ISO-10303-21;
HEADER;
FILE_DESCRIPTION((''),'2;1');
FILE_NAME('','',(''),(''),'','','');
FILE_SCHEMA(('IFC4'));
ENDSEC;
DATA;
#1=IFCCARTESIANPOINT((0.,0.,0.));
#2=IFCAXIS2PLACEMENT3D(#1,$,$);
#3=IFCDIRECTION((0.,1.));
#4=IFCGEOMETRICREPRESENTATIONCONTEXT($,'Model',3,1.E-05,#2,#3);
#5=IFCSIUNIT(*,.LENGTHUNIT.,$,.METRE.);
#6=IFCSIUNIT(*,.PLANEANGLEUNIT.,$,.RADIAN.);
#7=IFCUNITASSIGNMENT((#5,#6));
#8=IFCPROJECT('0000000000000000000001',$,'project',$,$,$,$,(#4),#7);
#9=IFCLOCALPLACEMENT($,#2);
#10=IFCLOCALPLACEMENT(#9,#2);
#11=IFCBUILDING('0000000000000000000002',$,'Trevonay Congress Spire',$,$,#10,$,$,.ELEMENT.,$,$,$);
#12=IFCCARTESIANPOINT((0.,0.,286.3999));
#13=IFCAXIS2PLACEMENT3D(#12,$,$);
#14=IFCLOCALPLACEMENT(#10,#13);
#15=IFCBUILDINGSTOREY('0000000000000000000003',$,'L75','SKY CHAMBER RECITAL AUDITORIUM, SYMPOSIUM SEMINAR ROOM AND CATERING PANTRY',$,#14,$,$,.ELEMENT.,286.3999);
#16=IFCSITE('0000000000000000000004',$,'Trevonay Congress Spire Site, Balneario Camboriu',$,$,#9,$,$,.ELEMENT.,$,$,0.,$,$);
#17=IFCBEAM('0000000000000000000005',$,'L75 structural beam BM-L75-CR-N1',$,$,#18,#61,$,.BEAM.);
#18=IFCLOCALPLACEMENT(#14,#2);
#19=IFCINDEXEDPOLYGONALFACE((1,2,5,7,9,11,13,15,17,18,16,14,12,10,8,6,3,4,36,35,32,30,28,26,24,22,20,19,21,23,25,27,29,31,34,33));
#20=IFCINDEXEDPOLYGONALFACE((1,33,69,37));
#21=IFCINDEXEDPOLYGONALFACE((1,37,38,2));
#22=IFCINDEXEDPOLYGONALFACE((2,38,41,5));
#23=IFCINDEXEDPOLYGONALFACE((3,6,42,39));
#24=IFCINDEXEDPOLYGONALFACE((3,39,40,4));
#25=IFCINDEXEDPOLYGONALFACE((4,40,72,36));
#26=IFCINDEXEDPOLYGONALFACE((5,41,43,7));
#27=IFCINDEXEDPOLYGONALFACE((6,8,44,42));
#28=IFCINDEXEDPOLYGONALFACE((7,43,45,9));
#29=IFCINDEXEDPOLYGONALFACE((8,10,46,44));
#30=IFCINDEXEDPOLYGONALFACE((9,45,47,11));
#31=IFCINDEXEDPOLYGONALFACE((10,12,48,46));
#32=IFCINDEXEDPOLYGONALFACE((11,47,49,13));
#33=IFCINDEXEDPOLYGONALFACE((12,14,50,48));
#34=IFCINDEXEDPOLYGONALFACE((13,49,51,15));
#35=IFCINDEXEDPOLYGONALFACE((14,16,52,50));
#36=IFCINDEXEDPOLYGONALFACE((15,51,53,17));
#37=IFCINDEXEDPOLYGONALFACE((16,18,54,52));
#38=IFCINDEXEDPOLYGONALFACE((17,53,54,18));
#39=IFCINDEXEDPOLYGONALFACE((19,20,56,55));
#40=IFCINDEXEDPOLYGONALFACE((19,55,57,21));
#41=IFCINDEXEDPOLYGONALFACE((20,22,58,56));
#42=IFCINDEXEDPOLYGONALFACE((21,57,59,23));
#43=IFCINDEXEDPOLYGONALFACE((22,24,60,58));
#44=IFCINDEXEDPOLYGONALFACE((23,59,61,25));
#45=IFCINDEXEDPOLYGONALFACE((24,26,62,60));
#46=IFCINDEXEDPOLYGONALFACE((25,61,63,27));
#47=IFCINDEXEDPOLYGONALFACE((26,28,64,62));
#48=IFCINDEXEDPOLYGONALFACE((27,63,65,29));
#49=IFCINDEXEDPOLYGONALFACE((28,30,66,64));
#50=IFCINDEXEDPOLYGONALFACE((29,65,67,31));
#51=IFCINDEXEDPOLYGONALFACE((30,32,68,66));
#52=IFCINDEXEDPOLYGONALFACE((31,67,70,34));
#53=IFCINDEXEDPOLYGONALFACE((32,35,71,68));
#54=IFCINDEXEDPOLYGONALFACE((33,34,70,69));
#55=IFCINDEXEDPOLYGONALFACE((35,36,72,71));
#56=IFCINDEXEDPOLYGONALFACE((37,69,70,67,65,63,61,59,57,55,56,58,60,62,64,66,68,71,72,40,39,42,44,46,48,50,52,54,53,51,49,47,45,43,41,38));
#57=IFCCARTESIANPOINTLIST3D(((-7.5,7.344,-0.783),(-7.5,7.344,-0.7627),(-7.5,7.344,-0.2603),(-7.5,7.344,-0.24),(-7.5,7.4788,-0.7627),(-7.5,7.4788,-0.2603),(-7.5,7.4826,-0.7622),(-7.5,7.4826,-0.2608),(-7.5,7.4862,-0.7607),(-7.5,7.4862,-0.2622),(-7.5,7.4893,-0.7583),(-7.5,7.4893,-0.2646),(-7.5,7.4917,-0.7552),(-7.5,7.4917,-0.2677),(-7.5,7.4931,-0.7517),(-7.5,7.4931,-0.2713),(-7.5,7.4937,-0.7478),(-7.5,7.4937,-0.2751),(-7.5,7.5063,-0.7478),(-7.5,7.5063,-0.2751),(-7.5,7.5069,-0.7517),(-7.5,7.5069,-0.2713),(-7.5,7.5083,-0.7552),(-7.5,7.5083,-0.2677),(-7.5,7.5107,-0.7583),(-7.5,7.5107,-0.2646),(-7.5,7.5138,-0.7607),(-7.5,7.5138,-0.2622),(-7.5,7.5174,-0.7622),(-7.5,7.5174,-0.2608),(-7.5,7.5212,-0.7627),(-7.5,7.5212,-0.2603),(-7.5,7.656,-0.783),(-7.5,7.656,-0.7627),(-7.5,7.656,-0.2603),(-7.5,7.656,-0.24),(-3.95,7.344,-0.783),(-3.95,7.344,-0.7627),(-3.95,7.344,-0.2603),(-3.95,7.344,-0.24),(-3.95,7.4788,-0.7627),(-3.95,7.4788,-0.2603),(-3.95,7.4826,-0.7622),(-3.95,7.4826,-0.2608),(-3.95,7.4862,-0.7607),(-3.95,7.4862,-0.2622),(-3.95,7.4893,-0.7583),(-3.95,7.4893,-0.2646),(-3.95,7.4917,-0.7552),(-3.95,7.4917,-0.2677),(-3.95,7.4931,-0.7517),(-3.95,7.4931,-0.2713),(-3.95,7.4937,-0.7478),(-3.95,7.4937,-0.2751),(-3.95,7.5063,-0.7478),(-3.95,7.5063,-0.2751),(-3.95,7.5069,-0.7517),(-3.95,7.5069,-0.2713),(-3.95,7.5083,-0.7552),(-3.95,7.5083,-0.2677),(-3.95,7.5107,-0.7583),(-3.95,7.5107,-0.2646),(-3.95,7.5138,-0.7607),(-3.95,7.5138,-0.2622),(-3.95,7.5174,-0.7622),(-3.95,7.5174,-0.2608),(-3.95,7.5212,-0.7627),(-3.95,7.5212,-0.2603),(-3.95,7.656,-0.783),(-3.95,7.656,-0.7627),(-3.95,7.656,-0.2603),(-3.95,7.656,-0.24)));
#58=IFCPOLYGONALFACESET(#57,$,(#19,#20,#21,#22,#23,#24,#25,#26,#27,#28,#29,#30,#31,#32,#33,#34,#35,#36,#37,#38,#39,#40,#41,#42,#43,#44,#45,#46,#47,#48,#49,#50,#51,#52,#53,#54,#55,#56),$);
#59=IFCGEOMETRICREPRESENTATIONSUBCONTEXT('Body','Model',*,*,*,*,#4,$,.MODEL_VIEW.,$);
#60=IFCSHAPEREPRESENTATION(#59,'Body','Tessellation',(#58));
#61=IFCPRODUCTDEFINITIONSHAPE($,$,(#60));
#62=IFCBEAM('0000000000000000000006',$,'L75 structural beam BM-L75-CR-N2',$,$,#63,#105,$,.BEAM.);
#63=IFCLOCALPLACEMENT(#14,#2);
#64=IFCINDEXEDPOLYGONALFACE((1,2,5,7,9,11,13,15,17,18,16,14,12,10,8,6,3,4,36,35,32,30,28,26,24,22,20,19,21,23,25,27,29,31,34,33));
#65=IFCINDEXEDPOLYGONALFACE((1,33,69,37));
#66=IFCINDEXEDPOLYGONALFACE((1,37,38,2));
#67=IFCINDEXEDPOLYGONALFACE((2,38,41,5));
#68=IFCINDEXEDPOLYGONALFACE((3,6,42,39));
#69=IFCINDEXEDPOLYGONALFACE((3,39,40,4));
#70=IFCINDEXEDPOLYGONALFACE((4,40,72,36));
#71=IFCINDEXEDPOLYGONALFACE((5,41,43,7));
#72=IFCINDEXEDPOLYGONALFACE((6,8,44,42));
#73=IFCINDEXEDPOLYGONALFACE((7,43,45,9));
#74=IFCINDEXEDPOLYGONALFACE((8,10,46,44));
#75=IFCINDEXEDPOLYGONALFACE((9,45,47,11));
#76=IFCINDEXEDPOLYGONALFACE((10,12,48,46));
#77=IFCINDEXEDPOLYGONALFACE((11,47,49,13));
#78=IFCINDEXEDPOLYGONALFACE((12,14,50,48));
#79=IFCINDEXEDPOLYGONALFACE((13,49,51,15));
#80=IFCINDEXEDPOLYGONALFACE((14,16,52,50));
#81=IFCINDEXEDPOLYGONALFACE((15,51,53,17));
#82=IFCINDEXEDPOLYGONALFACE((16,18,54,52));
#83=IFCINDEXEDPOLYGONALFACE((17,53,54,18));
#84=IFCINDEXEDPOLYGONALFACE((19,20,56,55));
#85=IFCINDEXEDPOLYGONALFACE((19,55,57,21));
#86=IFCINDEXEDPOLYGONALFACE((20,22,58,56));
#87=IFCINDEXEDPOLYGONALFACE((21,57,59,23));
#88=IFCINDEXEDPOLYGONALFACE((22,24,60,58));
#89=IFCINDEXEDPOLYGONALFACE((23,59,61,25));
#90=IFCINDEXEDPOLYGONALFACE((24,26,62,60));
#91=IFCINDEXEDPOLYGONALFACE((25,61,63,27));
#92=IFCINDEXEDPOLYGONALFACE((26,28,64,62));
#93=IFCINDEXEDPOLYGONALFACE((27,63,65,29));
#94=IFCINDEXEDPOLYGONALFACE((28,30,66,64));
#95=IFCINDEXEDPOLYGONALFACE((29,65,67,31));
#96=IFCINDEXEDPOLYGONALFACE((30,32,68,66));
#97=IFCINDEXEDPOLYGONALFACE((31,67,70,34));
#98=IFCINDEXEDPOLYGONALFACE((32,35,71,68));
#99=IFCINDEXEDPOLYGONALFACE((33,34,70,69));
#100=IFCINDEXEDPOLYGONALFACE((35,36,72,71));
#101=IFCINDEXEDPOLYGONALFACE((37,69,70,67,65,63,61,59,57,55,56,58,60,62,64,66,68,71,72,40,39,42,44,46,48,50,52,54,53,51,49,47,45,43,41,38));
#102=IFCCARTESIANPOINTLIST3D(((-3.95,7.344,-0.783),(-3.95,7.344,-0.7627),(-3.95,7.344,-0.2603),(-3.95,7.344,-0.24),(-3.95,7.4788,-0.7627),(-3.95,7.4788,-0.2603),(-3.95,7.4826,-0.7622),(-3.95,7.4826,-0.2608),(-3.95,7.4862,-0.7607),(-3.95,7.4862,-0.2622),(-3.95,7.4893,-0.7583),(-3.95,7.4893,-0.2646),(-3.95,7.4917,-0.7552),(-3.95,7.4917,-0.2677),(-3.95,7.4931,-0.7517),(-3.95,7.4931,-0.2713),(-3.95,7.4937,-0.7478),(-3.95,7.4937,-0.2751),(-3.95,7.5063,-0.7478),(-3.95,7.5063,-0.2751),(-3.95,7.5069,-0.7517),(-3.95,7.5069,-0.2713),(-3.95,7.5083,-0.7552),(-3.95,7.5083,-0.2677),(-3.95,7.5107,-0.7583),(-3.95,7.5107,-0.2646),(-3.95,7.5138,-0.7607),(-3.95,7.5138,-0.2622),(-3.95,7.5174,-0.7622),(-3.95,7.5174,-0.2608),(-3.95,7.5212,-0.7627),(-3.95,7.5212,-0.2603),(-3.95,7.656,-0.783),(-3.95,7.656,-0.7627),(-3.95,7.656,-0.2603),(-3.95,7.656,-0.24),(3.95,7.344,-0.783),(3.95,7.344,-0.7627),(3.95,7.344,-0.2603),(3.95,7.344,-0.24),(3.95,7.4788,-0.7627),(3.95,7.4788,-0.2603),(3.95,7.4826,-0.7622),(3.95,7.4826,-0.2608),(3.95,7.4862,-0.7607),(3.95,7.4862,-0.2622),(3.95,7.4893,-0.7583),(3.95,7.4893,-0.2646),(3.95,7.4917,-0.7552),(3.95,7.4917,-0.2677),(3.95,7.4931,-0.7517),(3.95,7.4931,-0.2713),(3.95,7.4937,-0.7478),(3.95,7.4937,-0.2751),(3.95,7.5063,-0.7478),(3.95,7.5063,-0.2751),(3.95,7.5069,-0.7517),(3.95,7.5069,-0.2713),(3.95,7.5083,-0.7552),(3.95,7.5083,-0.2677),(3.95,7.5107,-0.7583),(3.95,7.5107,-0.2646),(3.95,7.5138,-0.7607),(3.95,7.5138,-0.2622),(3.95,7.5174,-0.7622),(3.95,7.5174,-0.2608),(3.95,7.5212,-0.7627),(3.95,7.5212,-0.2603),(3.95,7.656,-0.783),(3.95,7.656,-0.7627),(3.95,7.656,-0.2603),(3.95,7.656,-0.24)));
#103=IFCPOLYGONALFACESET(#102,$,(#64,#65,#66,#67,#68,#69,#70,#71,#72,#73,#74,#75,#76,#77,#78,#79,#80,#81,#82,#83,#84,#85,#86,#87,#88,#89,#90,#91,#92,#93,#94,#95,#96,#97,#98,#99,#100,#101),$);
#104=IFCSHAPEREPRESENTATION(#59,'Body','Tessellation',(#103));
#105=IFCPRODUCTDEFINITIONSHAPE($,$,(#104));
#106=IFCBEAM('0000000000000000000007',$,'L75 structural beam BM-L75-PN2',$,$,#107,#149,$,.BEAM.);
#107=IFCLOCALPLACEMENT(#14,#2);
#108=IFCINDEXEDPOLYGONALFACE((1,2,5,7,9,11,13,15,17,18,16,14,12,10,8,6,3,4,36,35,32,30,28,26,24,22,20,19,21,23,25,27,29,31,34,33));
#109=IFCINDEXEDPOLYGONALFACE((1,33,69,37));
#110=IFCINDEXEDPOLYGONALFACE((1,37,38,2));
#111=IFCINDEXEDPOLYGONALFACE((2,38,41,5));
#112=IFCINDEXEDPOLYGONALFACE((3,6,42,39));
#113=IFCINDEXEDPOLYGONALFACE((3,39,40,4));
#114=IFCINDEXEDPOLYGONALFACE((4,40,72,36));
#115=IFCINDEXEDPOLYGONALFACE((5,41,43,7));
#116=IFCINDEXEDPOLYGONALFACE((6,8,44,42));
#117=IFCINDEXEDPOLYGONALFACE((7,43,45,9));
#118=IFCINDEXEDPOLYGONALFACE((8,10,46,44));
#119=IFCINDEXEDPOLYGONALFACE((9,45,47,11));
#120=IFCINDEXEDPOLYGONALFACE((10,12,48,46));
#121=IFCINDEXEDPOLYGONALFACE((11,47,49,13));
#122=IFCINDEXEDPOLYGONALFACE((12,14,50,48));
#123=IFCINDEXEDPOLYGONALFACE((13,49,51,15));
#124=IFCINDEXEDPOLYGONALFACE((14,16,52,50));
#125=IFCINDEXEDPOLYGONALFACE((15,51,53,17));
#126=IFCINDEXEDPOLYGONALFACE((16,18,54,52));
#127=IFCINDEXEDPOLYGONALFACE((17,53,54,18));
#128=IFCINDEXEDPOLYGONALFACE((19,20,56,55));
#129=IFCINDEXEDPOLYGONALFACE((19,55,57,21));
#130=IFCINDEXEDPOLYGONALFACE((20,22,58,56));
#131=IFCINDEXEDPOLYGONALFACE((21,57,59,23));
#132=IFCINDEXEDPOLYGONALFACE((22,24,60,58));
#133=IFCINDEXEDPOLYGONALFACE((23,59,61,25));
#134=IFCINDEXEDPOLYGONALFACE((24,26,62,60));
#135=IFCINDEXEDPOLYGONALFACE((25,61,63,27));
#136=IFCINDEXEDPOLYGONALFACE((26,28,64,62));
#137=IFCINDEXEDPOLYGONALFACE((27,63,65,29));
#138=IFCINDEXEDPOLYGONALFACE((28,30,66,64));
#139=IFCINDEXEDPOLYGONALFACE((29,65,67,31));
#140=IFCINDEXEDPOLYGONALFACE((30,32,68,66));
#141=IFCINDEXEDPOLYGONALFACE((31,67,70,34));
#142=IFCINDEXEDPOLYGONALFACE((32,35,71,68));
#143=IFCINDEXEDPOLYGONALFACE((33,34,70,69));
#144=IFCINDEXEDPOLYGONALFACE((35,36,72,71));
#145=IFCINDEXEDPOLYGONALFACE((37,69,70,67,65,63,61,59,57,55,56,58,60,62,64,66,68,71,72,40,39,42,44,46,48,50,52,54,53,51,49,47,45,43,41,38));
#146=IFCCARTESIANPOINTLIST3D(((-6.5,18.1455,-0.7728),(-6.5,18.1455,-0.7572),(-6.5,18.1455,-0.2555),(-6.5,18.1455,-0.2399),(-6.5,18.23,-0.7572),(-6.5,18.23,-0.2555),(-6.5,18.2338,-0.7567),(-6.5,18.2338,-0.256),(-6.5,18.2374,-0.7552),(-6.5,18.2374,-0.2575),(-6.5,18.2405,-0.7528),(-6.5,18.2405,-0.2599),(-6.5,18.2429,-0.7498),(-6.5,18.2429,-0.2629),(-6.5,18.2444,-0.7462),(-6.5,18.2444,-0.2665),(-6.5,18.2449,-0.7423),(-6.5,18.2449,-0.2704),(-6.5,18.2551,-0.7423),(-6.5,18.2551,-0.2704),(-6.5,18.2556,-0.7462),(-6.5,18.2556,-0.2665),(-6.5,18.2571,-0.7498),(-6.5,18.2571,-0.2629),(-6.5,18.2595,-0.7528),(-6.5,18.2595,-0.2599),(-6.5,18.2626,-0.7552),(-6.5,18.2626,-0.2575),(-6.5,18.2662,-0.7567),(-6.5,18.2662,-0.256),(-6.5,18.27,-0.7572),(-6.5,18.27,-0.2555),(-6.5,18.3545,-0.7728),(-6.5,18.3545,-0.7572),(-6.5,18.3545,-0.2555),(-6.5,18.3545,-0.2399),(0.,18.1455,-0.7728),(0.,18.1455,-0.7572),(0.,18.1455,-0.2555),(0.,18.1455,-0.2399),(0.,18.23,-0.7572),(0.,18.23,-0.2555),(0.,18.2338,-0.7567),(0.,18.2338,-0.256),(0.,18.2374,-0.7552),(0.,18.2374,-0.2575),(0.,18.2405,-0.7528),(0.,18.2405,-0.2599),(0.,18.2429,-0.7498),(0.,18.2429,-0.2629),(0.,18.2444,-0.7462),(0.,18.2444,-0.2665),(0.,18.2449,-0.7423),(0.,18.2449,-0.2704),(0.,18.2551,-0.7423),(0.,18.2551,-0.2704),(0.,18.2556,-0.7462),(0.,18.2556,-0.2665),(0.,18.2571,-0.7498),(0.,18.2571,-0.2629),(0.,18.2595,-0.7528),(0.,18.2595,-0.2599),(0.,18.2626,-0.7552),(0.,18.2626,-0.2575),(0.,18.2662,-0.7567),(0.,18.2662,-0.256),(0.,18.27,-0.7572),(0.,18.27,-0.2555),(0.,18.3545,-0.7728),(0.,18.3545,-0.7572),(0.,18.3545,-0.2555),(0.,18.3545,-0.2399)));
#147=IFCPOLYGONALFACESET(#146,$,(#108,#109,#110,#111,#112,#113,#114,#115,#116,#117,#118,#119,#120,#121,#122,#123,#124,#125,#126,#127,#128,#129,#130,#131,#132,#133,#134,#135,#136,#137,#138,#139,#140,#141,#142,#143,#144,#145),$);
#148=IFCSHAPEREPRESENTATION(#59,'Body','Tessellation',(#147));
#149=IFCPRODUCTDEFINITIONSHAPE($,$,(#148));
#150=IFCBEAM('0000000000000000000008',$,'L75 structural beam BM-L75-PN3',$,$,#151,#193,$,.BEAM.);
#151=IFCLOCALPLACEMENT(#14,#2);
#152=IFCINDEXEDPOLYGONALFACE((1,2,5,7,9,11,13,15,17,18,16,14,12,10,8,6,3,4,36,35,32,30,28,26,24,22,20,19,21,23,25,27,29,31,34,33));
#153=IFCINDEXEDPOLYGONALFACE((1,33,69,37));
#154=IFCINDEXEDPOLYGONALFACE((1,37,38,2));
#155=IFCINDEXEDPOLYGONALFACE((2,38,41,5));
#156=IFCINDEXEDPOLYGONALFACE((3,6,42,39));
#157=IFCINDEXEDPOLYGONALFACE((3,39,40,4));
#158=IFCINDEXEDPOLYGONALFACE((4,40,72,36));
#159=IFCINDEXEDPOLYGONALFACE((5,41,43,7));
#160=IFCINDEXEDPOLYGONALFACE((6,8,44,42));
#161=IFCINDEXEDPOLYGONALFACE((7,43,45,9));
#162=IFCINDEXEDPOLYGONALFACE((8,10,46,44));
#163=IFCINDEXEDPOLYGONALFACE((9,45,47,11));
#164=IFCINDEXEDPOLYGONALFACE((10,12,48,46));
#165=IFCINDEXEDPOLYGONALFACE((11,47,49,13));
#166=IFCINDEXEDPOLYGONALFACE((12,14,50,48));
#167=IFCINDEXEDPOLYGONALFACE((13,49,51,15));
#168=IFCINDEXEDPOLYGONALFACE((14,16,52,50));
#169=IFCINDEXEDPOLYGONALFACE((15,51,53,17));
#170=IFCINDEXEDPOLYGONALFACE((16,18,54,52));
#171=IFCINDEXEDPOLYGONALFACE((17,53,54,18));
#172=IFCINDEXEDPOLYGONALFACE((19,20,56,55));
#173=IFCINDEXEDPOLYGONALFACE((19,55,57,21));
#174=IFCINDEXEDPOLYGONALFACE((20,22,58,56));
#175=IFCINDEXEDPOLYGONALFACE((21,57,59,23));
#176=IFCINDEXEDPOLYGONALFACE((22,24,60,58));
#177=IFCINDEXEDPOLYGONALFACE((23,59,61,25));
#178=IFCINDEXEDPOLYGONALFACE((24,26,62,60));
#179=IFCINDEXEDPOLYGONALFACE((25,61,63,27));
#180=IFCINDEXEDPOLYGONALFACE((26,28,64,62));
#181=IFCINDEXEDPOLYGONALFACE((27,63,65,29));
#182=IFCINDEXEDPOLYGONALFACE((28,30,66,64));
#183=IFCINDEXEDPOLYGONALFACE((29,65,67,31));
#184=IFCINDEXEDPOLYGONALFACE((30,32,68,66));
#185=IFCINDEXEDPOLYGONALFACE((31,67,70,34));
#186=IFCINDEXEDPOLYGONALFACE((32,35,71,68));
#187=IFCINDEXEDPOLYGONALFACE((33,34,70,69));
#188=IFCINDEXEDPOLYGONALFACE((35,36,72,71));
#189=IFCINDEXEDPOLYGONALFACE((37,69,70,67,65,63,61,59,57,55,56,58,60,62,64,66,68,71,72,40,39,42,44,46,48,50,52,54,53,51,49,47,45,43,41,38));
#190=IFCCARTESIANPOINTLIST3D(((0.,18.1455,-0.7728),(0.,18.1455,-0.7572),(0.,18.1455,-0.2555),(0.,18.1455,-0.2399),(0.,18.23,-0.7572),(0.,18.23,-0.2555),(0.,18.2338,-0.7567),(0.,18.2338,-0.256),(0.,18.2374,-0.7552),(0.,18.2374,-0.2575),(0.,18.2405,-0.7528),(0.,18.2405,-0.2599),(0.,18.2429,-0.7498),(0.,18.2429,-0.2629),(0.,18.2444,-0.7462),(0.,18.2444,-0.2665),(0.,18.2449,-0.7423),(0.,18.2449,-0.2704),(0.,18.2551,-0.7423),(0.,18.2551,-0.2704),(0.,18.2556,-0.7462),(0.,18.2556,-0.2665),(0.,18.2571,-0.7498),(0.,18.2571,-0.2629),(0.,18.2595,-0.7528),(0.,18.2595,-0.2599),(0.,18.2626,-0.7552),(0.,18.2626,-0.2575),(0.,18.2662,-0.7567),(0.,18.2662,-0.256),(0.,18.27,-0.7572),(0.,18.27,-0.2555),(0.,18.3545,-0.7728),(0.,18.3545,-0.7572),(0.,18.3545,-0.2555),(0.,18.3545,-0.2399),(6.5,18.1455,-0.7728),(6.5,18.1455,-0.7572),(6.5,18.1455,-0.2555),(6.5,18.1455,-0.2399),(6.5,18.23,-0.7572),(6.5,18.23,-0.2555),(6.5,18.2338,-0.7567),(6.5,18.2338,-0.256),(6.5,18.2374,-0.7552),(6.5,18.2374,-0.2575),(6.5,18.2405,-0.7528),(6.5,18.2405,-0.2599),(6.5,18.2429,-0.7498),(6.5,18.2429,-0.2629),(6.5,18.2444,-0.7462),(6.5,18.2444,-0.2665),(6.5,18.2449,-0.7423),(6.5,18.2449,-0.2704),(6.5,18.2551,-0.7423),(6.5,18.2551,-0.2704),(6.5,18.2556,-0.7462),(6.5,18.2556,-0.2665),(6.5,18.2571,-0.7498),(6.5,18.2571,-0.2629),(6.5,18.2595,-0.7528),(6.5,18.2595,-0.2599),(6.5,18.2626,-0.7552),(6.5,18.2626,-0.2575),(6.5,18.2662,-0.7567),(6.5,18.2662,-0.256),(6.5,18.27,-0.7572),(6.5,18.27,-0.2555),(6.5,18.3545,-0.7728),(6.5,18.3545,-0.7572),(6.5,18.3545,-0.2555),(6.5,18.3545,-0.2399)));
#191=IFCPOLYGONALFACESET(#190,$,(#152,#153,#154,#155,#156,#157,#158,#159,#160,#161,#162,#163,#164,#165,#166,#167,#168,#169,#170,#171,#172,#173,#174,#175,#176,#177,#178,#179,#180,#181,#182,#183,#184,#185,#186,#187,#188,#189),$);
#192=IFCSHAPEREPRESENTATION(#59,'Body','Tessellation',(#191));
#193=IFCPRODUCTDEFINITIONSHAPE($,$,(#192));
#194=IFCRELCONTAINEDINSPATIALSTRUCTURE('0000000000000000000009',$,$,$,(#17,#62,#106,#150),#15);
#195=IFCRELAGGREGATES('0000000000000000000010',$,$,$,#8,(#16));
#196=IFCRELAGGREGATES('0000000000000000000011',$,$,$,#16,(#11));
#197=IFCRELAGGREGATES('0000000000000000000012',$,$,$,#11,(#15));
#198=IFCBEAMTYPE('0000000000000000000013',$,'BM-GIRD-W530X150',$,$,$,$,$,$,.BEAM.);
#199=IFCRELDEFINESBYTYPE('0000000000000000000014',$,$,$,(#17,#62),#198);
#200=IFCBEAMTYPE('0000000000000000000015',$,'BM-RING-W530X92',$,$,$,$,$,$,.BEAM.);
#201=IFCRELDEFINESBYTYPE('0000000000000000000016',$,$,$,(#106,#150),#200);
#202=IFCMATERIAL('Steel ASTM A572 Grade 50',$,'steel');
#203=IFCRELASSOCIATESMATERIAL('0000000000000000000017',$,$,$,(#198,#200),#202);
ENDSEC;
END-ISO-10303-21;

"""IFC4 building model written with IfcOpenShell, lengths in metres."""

from ifc_helpers import new_model, si_unit, direction, frame, origin, origin_2d, place, context, subcontext, project, spatial, i_section, extrude, material, material_profile, profile_set, type_object, element, save


model = new_model("IFC4")

# Units and contexts
model_context = context("Model", 3, precision=1e-05, world=origin(), true_north=direction((0.0, 1.0)))
body_context = subcontext(model_context, "Body", "Model", "MODEL_VIEW")
ifc_project = project(units=[si_unit("LENGTHUNIT", "METRE"), si_unit("PLANEANGLEUNIT", "RADIAN")], contexts=[model_context])

# Site, building, storey
site_placement = place(None, origin())
site = spatial("IfcSite", under=ifc_project, at=site_placement, Name="Trevonay Congress Spire Site, Balneario Camboriu", CompositionType="ELEMENT", RefElevation=0.0)
building_placement = place(site_placement, origin())
building = spatial("IfcBuilding", under=site, at=building_placement, Name="Trevonay Congress Spire", CompositionType="ELEMENT")
storey_placement = place(building_placement, frame((0.0, 0.0, 286.3999)))
storey = spatial("IfcBuildingStorey", under=building, at=storey_placement, Name="L75", Description="SKY CHAMBER RECITAL AUDITORIUM, SYMPOSIUM SEMINAR ROOM AND CATERING PANTRY", CompositionType="ELEMENT", Elevation=286.3999)

# Shared definitions
ifc_material_1 = material(Name="Steel ASTM A572 Grade 50", Category="steel")

# Beams
ifc_material_profile_1 = material_profile(ifc_material_1, i_section(OverallWidth=0.312, OverallDepth=0.543, WebThickness=0.0127, FlangeThickness=0.0203, FilletRadius=0.0149, at=origin_2d()), Name="W530x150")
ifc_profile_set_1 = profile_set([ifc_material_profile_1], Name="Steel ASTM A572 Grade 50")
beam_type_1 = type_object("IfcBeamType", Name="BM-GIRD-W530X150", PredefinedType="BEAM", material=ifc_profile_set_1)
beam_1_placement = place(storey_placement, frame((-7.5, 7.5, -0.5115), z_axis=(1.0, 0.0, 0.0), x_axis=(0.0, 1.0, 0.0)))
element("IfcBeam", 1, at=beam_1_placement, inside=storey, type_object=beam_type_1, Name="L75 structural beam BM-L75-CR-N1", PredefinedType="BEAM", context=body_context, shape_type="SweptSolid", body=[
    extrude(i_section(OverallWidth=0.312, OverallDepth=0.543, WebThickness=0.0127, FlangeThickness=0.0203, FilletRadius=0.0149, at=origin_2d()), origin(), (0.0, 0.0, 1.0), 3.55),
])
beam_2_placement = place(storey_placement, frame((-3.95, 7.5, -0.5115), z_axis=(1.0, 0.0, 0.0), x_axis=(0.0, 1.0, 0.0)))
element("IfcBeam", 2, at=beam_2_placement, inside=storey, type_object=beam_type_1, Name="L75 structural beam BM-L75-CR-N2", PredefinedType="BEAM", context=body_context, shape_type="SweptSolid", body=[
    extrude(i_section(OverallWidth=0.312, OverallDepth=0.543, WebThickness=0.0127, FlangeThickness=0.0203, FilletRadius=0.0149, at=origin_2d()), origin(), (0.0, 0.0, 1.0), 7.8999),
])
ifc_material_profile_2 = material_profile(ifc_material_1, i_section(OverallWidth=0.209, OverallDepth=0.533, WebThickness=0.0103, FlangeThickness=0.0156, FilletRadius=0.0149, at=origin_2d()), Name="W530x92")
ifc_profile_set_2 = profile_set([ifc_material_profile_2], Name="Steel ASTM A572 Grade 50")
beam_type_2 = type_object("IfcBeamType", Name="BM-RING-W530X92", PredefinedType="BEAM", material=ifc_profile_set_2)
for number, where, z_axis, x_axis, name in (
    (3, (-6.5, 18.25, -0.5063), (1.0, 0.0, 0.0), (0.0, 1.0, 0.0), "L75 structural beam BM-L75-PN2"),
    (4, (0.0, 18.25, -0.5063), (1.0, 0.0, 0.0), (0.0, 1.0, 0.0), "L75 structural beam BM-L75-PN3"),
):
    element("IfcBeam", number, at=place(storey_placement, frame(where, z_axis=z_axis, x_axis=x_axis)), inside=storey, type_object=beam_type_2, Name=name, PredefinedType="BEAM", context=body_context, shape_type="SweptSolid", body=[
        extrude(i_section(OverallWidth=0.209, OverallDepth=0.533, WebThickness=0.0103, FlangeThickness=0.0156, FilletRadius=0.0149, at=origin_2d()), origin(), (0.0, 0.0, 1.0), 6.5),
    ])

save(model, "model.ifc")
